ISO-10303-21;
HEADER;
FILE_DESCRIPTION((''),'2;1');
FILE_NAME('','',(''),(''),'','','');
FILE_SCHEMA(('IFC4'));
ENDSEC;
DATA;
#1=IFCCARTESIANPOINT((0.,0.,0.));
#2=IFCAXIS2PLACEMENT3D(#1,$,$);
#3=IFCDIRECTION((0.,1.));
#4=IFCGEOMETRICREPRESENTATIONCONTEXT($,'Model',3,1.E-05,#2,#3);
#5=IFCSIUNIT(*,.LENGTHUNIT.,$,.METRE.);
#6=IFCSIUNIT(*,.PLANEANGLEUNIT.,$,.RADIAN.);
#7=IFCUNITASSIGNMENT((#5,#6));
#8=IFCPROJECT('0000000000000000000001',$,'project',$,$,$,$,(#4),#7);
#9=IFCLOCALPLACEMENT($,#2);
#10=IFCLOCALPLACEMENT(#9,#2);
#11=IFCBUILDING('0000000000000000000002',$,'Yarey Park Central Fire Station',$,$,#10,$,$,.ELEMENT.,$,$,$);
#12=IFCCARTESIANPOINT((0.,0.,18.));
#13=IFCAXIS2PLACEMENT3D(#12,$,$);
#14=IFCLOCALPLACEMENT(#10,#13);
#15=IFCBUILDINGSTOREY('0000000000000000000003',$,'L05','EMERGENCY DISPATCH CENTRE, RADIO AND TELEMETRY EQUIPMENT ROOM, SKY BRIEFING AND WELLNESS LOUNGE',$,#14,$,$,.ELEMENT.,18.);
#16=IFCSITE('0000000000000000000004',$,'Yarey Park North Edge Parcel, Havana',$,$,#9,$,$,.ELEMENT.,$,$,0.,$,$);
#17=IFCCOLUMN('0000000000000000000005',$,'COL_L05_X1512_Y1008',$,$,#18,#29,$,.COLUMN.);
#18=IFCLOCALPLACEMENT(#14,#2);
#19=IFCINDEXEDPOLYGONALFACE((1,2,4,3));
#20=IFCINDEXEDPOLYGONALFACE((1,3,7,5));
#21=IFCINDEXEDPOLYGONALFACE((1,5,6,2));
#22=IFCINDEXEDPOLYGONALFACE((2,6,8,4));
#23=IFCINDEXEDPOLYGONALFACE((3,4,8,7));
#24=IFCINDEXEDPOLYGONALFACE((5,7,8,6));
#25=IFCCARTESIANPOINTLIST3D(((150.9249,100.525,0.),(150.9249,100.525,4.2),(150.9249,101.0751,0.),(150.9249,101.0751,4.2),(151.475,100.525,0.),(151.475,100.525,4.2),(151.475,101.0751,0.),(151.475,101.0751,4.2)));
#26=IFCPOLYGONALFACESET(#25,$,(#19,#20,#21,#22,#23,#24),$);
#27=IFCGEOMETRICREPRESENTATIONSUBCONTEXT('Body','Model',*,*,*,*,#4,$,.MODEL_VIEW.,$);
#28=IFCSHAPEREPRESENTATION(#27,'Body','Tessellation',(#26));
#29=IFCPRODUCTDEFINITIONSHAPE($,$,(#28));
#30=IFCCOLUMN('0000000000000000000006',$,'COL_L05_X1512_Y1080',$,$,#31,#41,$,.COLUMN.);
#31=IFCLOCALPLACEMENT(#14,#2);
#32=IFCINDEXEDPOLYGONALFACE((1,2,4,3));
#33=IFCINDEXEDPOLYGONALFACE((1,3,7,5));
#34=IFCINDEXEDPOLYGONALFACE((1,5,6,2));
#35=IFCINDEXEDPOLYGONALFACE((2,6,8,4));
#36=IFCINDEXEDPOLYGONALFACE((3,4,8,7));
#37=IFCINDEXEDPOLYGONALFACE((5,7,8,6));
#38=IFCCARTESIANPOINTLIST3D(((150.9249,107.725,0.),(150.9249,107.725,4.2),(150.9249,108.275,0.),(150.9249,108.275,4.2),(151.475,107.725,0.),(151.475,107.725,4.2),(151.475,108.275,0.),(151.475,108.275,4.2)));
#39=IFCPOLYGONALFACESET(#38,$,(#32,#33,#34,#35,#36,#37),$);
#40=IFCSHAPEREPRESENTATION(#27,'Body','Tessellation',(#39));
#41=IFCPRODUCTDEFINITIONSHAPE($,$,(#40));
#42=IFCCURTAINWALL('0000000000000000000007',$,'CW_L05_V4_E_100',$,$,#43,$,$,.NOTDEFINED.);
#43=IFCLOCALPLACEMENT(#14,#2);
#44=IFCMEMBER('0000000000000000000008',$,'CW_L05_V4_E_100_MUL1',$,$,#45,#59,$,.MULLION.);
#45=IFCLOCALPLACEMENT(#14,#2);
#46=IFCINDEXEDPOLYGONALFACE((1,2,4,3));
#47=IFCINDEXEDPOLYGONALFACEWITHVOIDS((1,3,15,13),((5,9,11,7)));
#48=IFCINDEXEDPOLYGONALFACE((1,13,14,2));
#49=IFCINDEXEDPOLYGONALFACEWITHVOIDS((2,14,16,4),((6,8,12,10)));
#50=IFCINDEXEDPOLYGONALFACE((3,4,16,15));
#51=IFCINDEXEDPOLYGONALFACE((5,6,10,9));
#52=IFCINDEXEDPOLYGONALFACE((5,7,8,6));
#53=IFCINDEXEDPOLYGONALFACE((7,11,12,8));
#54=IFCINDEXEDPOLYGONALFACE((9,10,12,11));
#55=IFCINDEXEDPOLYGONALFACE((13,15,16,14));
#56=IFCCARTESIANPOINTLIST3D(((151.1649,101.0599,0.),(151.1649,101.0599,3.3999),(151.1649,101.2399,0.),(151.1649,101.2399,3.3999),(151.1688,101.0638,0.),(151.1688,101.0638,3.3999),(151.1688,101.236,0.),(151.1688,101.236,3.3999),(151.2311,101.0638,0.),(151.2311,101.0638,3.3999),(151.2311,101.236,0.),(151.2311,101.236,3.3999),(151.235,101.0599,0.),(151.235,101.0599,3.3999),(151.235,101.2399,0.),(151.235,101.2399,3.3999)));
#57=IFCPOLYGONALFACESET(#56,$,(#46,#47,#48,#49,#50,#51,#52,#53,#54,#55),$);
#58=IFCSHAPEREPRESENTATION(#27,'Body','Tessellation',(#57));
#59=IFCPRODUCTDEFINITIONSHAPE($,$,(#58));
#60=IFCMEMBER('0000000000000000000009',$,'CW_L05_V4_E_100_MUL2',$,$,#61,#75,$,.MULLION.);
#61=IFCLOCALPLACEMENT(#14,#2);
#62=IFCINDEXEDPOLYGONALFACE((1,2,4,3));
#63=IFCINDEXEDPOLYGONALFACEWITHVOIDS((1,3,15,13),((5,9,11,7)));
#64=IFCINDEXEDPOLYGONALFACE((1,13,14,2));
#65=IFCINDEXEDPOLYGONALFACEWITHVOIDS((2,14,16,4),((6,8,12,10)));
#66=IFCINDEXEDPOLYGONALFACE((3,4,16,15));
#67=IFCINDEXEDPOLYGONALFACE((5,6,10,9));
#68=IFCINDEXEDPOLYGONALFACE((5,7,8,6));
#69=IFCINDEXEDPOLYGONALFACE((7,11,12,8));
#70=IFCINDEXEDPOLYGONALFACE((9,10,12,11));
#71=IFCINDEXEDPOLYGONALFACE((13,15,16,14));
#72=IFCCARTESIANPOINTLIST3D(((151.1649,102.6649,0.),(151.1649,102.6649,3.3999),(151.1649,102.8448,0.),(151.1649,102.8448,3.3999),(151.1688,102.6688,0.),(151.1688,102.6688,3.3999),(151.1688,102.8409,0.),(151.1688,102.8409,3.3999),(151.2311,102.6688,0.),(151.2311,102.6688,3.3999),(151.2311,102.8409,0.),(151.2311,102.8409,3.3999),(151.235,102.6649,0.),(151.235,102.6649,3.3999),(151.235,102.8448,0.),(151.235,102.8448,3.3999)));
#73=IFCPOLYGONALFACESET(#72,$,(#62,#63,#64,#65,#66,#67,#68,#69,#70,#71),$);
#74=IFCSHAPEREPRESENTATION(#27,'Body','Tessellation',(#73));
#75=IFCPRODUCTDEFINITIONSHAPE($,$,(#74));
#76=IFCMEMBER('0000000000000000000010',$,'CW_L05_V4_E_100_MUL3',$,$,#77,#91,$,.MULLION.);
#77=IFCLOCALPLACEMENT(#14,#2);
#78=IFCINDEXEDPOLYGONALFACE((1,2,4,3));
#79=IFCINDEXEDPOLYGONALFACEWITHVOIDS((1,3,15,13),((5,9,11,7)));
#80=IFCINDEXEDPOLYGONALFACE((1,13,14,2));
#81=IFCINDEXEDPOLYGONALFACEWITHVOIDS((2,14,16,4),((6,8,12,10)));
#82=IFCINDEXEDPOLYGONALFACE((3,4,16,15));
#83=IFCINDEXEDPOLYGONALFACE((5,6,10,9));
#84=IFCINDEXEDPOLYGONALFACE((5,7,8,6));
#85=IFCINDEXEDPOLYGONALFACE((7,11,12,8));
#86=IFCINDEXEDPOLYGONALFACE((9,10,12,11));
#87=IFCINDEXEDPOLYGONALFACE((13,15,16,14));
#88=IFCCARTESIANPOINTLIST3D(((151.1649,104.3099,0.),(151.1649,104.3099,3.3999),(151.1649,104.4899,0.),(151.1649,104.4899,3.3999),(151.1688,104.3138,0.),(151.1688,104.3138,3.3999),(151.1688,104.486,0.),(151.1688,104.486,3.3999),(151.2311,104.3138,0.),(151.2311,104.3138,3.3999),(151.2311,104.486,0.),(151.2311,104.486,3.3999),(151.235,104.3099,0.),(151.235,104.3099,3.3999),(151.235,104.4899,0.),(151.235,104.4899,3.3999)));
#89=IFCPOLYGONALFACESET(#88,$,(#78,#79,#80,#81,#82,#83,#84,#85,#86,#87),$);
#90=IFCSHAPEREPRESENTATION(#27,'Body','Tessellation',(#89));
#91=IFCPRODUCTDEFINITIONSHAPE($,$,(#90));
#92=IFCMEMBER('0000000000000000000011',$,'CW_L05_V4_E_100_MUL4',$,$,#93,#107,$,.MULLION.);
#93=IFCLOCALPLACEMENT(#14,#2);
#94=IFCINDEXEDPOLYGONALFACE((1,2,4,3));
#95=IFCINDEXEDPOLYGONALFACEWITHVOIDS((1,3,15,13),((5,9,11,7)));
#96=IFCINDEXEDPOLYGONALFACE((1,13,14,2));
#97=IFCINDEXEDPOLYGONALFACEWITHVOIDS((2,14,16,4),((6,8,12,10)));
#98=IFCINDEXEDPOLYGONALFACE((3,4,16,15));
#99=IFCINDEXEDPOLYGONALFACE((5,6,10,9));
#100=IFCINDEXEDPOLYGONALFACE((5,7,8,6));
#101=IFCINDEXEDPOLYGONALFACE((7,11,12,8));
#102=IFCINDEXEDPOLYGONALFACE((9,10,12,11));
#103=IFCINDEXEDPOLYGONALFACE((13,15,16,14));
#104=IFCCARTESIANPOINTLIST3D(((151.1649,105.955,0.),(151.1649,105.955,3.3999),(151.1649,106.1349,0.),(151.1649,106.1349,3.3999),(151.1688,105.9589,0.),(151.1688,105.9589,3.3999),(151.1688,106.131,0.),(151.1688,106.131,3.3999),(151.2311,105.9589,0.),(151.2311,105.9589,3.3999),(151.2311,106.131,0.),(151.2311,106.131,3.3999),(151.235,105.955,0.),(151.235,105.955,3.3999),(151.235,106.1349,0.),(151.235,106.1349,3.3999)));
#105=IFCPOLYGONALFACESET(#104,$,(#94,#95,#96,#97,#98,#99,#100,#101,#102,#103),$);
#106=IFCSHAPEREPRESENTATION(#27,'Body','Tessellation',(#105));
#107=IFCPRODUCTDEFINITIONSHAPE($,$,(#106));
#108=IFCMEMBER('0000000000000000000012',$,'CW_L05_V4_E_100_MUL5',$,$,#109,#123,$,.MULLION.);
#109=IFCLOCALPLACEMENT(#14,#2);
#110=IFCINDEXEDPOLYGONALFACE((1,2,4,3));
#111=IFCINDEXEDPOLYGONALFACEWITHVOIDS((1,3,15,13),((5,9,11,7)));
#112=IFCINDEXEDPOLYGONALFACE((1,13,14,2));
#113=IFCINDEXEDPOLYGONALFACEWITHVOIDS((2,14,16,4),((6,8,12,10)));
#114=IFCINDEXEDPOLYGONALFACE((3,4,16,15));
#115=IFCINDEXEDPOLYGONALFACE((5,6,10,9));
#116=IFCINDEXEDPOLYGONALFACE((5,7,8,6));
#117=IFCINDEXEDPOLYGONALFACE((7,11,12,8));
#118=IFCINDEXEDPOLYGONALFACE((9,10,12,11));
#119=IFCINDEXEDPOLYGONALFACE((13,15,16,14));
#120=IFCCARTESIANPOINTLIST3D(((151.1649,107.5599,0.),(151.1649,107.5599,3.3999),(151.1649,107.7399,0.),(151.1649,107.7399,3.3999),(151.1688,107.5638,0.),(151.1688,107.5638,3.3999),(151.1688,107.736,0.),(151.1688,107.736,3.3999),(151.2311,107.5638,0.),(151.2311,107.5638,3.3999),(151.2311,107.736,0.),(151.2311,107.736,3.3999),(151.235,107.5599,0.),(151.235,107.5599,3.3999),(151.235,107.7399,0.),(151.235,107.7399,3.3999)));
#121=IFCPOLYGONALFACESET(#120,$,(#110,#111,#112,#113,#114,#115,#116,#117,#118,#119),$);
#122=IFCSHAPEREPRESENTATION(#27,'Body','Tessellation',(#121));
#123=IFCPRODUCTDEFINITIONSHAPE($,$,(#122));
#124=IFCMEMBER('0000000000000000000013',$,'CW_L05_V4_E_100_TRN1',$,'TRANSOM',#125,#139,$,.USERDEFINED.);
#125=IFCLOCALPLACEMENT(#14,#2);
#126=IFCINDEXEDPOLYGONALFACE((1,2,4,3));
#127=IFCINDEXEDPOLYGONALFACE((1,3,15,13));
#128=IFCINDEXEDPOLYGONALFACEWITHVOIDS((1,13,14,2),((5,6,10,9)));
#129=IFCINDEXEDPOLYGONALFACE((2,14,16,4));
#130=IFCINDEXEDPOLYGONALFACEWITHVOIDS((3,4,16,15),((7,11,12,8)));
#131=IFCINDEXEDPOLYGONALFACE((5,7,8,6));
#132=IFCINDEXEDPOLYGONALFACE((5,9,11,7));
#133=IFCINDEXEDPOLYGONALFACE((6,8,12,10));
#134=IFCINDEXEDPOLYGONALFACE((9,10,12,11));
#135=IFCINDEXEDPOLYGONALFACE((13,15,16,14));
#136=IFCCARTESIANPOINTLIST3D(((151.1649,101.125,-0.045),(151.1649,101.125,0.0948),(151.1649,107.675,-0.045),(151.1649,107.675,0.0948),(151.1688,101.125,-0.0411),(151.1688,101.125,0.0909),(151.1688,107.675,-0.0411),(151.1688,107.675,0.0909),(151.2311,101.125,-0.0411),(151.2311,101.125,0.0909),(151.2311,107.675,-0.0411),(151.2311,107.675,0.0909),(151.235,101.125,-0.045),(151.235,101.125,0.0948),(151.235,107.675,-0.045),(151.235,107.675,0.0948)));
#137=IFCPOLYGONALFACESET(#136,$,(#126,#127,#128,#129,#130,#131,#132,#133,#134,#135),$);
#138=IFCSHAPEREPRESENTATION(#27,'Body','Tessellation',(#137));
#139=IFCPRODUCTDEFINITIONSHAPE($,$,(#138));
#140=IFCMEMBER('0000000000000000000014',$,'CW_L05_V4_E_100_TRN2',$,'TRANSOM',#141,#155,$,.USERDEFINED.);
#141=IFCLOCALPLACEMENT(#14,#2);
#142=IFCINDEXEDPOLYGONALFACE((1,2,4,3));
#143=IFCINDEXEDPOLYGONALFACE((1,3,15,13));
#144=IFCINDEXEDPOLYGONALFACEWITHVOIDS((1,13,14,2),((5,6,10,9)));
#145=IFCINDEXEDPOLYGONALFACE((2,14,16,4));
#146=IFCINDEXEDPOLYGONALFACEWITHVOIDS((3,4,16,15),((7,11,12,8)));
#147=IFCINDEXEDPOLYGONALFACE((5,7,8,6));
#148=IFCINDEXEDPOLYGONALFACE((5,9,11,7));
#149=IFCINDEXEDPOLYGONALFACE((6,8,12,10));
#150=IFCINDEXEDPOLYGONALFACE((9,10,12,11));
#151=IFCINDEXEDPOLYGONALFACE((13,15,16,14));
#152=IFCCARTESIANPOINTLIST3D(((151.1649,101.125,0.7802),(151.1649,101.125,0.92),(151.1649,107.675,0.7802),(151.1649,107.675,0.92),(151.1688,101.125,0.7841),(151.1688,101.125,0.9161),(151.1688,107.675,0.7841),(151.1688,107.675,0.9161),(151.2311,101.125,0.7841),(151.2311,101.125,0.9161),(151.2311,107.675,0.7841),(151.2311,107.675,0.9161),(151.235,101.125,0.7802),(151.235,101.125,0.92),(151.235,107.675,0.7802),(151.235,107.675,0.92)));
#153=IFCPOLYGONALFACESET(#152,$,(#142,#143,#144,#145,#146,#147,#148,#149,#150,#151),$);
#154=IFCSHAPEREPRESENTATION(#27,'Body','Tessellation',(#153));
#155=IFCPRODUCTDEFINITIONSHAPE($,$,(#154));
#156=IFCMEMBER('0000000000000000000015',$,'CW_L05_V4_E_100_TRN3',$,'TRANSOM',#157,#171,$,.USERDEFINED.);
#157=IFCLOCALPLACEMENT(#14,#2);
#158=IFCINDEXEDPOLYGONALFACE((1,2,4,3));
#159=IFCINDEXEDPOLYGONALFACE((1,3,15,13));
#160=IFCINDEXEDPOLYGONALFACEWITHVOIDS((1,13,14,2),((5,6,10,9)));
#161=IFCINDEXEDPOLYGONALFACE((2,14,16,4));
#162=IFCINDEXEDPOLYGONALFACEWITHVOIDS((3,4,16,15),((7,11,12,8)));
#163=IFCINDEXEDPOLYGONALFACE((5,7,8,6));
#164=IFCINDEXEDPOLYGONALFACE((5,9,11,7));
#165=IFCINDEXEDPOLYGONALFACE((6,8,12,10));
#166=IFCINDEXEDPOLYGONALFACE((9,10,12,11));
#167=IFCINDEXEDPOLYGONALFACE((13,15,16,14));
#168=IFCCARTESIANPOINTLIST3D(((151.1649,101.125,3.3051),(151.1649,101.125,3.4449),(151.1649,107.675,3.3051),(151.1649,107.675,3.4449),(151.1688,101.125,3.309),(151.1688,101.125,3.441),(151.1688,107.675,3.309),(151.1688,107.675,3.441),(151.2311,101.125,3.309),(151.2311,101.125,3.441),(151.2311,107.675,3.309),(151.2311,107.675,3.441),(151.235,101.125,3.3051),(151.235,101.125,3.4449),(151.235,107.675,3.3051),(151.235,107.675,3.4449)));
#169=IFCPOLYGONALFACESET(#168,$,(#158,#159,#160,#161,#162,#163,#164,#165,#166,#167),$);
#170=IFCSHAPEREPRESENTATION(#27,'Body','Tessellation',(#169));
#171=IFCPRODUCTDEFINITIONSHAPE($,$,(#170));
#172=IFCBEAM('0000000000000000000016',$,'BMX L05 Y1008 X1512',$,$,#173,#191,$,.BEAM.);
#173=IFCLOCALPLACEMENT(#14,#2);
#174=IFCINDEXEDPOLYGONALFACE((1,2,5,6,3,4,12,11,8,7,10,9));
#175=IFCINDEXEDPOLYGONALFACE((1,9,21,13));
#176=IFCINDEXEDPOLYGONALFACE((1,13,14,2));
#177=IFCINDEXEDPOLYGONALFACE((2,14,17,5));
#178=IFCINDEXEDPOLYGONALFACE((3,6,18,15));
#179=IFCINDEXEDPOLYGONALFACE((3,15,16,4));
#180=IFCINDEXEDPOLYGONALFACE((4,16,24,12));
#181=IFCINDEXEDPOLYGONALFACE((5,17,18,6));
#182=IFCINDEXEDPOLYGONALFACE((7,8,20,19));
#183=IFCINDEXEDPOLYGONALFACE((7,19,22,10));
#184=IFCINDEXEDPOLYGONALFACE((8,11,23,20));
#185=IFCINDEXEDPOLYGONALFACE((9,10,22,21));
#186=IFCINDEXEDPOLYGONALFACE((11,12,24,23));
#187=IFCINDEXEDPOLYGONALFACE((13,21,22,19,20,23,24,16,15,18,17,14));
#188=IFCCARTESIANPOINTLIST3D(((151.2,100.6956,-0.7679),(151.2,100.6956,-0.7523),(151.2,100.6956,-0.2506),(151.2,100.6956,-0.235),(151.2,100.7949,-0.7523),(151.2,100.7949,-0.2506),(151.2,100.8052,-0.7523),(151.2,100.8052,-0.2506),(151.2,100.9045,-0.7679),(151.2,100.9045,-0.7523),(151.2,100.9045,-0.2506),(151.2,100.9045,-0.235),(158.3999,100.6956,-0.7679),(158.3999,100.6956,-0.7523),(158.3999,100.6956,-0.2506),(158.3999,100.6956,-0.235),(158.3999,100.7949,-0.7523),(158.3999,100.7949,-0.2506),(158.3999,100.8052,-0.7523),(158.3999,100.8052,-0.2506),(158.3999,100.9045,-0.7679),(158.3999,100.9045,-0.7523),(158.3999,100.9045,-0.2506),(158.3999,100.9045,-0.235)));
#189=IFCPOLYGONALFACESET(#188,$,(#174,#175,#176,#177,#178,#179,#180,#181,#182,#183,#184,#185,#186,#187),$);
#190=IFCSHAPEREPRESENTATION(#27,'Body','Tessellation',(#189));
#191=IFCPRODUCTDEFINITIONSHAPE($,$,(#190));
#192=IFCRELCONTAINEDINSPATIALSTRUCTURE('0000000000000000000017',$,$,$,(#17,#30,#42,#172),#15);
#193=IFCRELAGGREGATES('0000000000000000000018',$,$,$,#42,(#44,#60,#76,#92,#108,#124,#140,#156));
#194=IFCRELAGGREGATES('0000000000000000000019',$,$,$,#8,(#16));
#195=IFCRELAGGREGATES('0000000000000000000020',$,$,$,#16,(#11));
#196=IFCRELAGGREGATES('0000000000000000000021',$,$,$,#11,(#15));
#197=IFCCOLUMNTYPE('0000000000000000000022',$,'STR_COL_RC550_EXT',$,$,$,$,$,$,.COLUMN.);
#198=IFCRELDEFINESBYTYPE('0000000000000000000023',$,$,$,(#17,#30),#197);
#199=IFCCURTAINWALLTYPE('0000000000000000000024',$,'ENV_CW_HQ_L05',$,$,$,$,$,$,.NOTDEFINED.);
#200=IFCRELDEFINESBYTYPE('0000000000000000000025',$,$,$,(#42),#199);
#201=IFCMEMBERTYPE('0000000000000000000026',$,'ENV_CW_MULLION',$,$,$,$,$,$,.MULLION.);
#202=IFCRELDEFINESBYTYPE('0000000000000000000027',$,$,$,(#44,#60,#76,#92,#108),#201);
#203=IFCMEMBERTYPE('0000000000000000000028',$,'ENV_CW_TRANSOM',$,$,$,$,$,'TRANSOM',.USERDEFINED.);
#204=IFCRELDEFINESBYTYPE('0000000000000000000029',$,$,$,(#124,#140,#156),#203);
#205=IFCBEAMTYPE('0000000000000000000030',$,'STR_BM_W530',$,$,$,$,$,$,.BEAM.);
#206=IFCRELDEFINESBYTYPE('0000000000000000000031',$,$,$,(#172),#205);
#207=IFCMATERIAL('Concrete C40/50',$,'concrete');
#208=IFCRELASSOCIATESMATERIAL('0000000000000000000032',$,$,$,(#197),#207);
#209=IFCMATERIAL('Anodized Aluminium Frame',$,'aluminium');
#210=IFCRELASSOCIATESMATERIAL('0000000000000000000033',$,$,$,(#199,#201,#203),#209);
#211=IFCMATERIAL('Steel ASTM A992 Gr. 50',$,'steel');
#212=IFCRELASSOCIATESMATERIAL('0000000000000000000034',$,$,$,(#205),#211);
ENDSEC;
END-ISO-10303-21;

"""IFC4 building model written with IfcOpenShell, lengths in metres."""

from ifc_helpers import new_model, si_unit, direction, frame, origin, origin_2d, place, context, subcontext, project, spatial, rectangle, hollow_rectangle, i_section, extrude, material, material_profile, profile_set, type_object, element, aggregate, save


model = new_model("IFC4")

# Units and contexts
model_context = context("Model", 3, precision=1e-05, world=origin(), true_north=direction((0.0, 1.0)))
body_context = subcontext(model_context, "Body", "Model", "MODEL_VIEW")
ifc_project = project(units=[si_unit("LENGTHUNIT", "METRE"), si_unit("PLANEANGLEUNIT", "RADIAN")], contexts=[model_context])

# Site, building, storey
site_placement = place(None, origin())
site = spatial("IfcSite", under=ifc_project, at=site_placement, Name="Yarey Park North Edge Parcel, Havana", CompositionType="ELEMENT", RefElevation=0.0)
building_placement = place(site_placement, origin())
building = spatial("IfcBuilding", under=site, at=building_placement, Name="Yarey Park Central Fire Station", CompositionType="ELEMENT")
storey_placement = place(building_placement, frame((0.0, 0.0, 18.0)))
storey = spatial("IfcBuildingStorey", under=building, at=storey_placement, Name="L05", Description="EMERGENCY DISPATCH CENTRE, RADIO AND TELEMETRY EQUIPMENT ROOM, SKY BRIEFING AND WELLNESS LOUNGE", CompositionType="ELEMENT", Elevation=18.0)

# Columns
ifc_material_1 = material(Name="Concrete C40/50", Category="concrete")
ifc_material_profile_1 = material_profile(ifc_material_1, rectangle(XDim=0.55, YDim=0.55, at=origin_2d()), Name="RC 550x550")
ifc_profile_set_1 = profile_set([ifc_material_profile_1], Name="Concrete C40/50")
column_type = type_object("IfcColumnType", Name="STR_COL_RC550_EXT", PredefinedType="COLUMN", material=ifc_profile_set_1)
for number, where, z_axis, x_axis, name in (
    (1, (151.2, 100.8, 0.0), (0.0, 0.0, 1.0), (1.0, 0.0, 0.0), "COL_L05_X1512_Y1008"),
    (2, (151.2, 108.0, 0.0), (0.0, 0.0, 1.0), (1.0, 0.0, 0.0), "COL_L05_X1512_Y1080"),
):
    element("IfcColumn", number, at=place(storey_placement, frame(where, z_axis=z_axis, x_axis=x_axis)), inside=storey, type_object=column_type, Name=name, PredefinedType="COLUMN", context=body_context, shape_type="SweptSolid", body=[
        extrude(rectangle(XDim=0.55, YDim=0.55, at=origin_2d()), origin(), (0.0, 0.0, 1.0), 4.2),
    ])

# Curtain wall, members
ifc_material_2 = material(Name="Anodized Aluminium Frame", Category="aluminium")
curtain_wall_type = type_object("IfcCurtainWallType", Name="ENV_CW_HQ_L05", PredefinedType="NOTDEFINED", material=ifc_material_2)
curtain_wall_placement = place(storey_placement, origin())
curtain_wall = element("IfcCurtainWall", 3, at=curtain_wall_placement, inside=storey, type_object=curtain_wall_type, Name="CW_L05_V4_E_100", PredefinedType="NOTDEFINED")
ifc_material_profile_2 = material_profile(ifc_material_2, hollow_rectangle(XDim=0.0701, YDim=0.1799, WallThickness=0.0039, at=origin_2d()), Name="ALU 180x70x4")
ifc_profile_set_2 = profile_set([ifc_material_profile_2], Name="Anodized Aluminium Frame")
member_type_1 = type_object("IfcMemberType", Name="ENV_CW_MULLION", PredefinedType="MULLION", material=ifc_profile_set_2)
member_1_placement = place(storey_placement, frame((151.2, 101.1499, 0.0), z_axis=(0.0, 0.0, 1.0), x_axis=(1.0, 0.0, 0.0)))
member_1 = element("IfcMember", 4, at=member_1_placement, type_object=member_type_1, Name="CW_L05_V4_E_100_MUL1", PredefinedType="MULLION", context=body_context, shape_type="SweptSolid", body=[
    extrude(hollow_rectangle(XDim=0.0701, YDim=0.1799, WallThickness=0.0039, at=origin_2d()), origin(), (0.0, 0.0, 1.0), 3.3999),
])
member_2_placement = place(storey_placement, frame((151.2, 102.7549, 0.0), z_axis=(0.0, 0.0, 1.0), x_axis=(1.0, 0.0, 0.0)))
member_2 = element("IfcMember", 5, at=member_2_placement, type_object=member_type_1, Name="CW_L05_V4_E_100_MUL2", PredefinedType="MULLION", context=body_context, shape_type="SweptSolid", body=[
    extrude(hollow_rectangle(XDim=0.0701, YDim=0.1799, WallThickness=0.0039, at=origin_2d()), origin(), (0.0, 0.0, 1.0), 3.3999),
])
member_3_placement = place(storey_placement, frame((151.2, 104.3999, 0.0), z_axis=(0.0, 0.0, 1.0), x_axis=(1.0, 0.0, 0.0)))
member_3 = element("IfcMember", 6, at=member_3_placement, type_object=member_type_1, Name="CW_L05_V4_E_100_MUL3", PredefinedType="MULLION", context=body_context, shape_type="SweptSolid", body=[
    extrude(hollow_rectangle(XDim=0.0701, YDim=0.1799, WallThickness=0.0039, at=origin_2d()), origin(), (0.0, 0.0, 1.0), 3.3999),
])
member_4_placement = place(storey_placement, frame((151.2, 106.0449, 0.0), z_axis=(0.0, 0.0, 1.0), x_axis=(1.0, 0.0, 0.0)))
member_4 = element("IfcMember", 7, at=member_4_placement, type_object=member_type_1, Name="CW_L05_V4_E_100_MUL4", PredefinedType="MULLION", context=body_context, shape_type="SweptSolid", body=[
    extrude(hollow_rectangle(XDim=0.0701, YDim=0.1799, WallThickness=0.0039, at=origin_2d()), origin(), (0.0, 0.0, 1.0), 3.3999),
])
member_5_placement = place(storey_placement, frame((151.2, 107.6499, 0.0), z_axis=(0.0, 0.0, 1.0), x_axis=(1.0, 0.0, 0.0)))
member_5 = element("IfcMember", 8, at=member_5_placement, type_object=member_type_1, Name="CW_L05_V4_E_100_MUL5", PredefinedType="MULLION", context=body_context, shape_type="SweptSolid", body=[
    extrude(hollow_rectangle(XDim=0.0701, YDim=0.1799, WallThickness=0.0039, at=origin_2d()), origin(), (0.0, 0.0, 1.0), 3.3999),
])
ifc_material_profile_3 = material_profile(ifc_material_2, hollow_rectangle(XDim=0.0701, YDim=0.1399, WallThickness=0.0039, at=origin_2d()), Name="ALU 140x70x4")
ifc_profile_set_3 = profile_set([ifc_material_profile_3], Name="Anodized Aluminium Frame")
member_type_2 = type_object("IfcMemberType", Name="ENV_CW_TRANSOM", ElementType="TRANSOM", PredefinedType="USERDEFINED", material=ifc_profile_set_3)
member_6_placement = place(storey_placement, frame((151.2, 101.125, 0.0249), z_axis=(0.0, 1.0, 0.0), x_axis=(-1.0, 0.0, 0.0)))
member_6 = element("IfcMember", 9, at=member_6_placement, type_object=member_type_2, Name="CW_L05_V4_E_100_TRN1", ObjectType="TRANSOM", PredefinedType="USERDEFINED", context=body_context, shape_type="SweptSolid", body=[
    extrude(hollow_rectangle(XDim=0.0701, YDim=0.1399, WallThickness=0.0039, at=origin_2d()), origin(), (0.0, 0.0, 1.0), 6.55),
])
member_7_placement = place(storey_placement, frame((151.2, 101.125, 0.8501), z_axis=(0.0, 1.0, 0.0), x_axis=(-1.0, 0.0, 0.0)))
member_7 = element("IfcMember", 10, at=member_7_placement, type_object=member_type_2, Name="CW_L05_V4_E_100_TRN2", ObjectType="TRANSOM", PredefinedType="USERDEFINED", context=body_context, shape_type="SweptSolid", body=[
    extrude(hollow_rectangle(XDim=0.0701, YDim=0.1399, WallThickness=0.0039, at=origin_2d()), origin(), (0.0, 0.0, 1.0), 6.55),
])
member_8_placement = place(storey_placement, frame((151.2, 101.125, 3.375), z_axis=(0.0, 1.0, 0.0), x_axis=(-1.0, 0.0, 0.0)))
member_8 = element("IfcMember", 11, at=member_8_placement, type_object=member_type_2, Name="CW_L05_V4_E_100_TRN3", ObjectType="TRANSOM", PredefinedType="USERDEFINED", context=body_context, shape_type="SweptSolid", body=[
    extrude(hollow_rectangle(XDim=0.0701, YDim=0.1399, WallThickness=0.0039, at=origin_2d()), origin(), (0.0, 0.0, 1.0), 6.55),
])

# Beam
ifc_material_3 = material(Name="Steel ASTM A992 Gr. 50", Category="steel")
ifc_material_profile_4 = material_profile(ifc_material_3, i_section(OverallWidth=0.209, OverallDepth=0.533, WebThickness=0.0103, FlangeThickness=0.0156, at=origin_2d()), Name="W530x92")
ifc_profile_set_4 = profile_set([ifc_material_profile_4], Name="Steel ASTM A992 Gr. 50")
beam_type_1 = type_object("IfcBeamType", Name="STR_BM_W530", PredefinedType="BEAM", material=ifc_profile_set_4)
for number, where, z_axis, x_axis, name in (
    (12, (151.2, 100.8, -0.5015), (1.0, 0.0, 0.0), (0.0, 1.0, 0.0), "BMX L05 Y1008 X1512"),
):
    element("IfcBeam", number, at=place(storey_placement, frame(where, z_axis=z_axis, x_axis=x_axis)), inside=storey, type_object=beam_type_1, Name=name, PredefinedType="BEAM", context=body_context, shape_type="SweptSolid", body=[
        extrude(i_section(OverallWidth=0.209, OverallDepth=0.533, WebThickness=0.0103, FlangeThickness=0.0156, at=origin_2d()), origin(), (0.0, 0.0, 1.0), 7.2),
    ])

aggregate(curtain_wall, [member_1, member_2, member_3, member_4, member_5, member_6, member_7, member_8])

save(model, "model.ifc")
